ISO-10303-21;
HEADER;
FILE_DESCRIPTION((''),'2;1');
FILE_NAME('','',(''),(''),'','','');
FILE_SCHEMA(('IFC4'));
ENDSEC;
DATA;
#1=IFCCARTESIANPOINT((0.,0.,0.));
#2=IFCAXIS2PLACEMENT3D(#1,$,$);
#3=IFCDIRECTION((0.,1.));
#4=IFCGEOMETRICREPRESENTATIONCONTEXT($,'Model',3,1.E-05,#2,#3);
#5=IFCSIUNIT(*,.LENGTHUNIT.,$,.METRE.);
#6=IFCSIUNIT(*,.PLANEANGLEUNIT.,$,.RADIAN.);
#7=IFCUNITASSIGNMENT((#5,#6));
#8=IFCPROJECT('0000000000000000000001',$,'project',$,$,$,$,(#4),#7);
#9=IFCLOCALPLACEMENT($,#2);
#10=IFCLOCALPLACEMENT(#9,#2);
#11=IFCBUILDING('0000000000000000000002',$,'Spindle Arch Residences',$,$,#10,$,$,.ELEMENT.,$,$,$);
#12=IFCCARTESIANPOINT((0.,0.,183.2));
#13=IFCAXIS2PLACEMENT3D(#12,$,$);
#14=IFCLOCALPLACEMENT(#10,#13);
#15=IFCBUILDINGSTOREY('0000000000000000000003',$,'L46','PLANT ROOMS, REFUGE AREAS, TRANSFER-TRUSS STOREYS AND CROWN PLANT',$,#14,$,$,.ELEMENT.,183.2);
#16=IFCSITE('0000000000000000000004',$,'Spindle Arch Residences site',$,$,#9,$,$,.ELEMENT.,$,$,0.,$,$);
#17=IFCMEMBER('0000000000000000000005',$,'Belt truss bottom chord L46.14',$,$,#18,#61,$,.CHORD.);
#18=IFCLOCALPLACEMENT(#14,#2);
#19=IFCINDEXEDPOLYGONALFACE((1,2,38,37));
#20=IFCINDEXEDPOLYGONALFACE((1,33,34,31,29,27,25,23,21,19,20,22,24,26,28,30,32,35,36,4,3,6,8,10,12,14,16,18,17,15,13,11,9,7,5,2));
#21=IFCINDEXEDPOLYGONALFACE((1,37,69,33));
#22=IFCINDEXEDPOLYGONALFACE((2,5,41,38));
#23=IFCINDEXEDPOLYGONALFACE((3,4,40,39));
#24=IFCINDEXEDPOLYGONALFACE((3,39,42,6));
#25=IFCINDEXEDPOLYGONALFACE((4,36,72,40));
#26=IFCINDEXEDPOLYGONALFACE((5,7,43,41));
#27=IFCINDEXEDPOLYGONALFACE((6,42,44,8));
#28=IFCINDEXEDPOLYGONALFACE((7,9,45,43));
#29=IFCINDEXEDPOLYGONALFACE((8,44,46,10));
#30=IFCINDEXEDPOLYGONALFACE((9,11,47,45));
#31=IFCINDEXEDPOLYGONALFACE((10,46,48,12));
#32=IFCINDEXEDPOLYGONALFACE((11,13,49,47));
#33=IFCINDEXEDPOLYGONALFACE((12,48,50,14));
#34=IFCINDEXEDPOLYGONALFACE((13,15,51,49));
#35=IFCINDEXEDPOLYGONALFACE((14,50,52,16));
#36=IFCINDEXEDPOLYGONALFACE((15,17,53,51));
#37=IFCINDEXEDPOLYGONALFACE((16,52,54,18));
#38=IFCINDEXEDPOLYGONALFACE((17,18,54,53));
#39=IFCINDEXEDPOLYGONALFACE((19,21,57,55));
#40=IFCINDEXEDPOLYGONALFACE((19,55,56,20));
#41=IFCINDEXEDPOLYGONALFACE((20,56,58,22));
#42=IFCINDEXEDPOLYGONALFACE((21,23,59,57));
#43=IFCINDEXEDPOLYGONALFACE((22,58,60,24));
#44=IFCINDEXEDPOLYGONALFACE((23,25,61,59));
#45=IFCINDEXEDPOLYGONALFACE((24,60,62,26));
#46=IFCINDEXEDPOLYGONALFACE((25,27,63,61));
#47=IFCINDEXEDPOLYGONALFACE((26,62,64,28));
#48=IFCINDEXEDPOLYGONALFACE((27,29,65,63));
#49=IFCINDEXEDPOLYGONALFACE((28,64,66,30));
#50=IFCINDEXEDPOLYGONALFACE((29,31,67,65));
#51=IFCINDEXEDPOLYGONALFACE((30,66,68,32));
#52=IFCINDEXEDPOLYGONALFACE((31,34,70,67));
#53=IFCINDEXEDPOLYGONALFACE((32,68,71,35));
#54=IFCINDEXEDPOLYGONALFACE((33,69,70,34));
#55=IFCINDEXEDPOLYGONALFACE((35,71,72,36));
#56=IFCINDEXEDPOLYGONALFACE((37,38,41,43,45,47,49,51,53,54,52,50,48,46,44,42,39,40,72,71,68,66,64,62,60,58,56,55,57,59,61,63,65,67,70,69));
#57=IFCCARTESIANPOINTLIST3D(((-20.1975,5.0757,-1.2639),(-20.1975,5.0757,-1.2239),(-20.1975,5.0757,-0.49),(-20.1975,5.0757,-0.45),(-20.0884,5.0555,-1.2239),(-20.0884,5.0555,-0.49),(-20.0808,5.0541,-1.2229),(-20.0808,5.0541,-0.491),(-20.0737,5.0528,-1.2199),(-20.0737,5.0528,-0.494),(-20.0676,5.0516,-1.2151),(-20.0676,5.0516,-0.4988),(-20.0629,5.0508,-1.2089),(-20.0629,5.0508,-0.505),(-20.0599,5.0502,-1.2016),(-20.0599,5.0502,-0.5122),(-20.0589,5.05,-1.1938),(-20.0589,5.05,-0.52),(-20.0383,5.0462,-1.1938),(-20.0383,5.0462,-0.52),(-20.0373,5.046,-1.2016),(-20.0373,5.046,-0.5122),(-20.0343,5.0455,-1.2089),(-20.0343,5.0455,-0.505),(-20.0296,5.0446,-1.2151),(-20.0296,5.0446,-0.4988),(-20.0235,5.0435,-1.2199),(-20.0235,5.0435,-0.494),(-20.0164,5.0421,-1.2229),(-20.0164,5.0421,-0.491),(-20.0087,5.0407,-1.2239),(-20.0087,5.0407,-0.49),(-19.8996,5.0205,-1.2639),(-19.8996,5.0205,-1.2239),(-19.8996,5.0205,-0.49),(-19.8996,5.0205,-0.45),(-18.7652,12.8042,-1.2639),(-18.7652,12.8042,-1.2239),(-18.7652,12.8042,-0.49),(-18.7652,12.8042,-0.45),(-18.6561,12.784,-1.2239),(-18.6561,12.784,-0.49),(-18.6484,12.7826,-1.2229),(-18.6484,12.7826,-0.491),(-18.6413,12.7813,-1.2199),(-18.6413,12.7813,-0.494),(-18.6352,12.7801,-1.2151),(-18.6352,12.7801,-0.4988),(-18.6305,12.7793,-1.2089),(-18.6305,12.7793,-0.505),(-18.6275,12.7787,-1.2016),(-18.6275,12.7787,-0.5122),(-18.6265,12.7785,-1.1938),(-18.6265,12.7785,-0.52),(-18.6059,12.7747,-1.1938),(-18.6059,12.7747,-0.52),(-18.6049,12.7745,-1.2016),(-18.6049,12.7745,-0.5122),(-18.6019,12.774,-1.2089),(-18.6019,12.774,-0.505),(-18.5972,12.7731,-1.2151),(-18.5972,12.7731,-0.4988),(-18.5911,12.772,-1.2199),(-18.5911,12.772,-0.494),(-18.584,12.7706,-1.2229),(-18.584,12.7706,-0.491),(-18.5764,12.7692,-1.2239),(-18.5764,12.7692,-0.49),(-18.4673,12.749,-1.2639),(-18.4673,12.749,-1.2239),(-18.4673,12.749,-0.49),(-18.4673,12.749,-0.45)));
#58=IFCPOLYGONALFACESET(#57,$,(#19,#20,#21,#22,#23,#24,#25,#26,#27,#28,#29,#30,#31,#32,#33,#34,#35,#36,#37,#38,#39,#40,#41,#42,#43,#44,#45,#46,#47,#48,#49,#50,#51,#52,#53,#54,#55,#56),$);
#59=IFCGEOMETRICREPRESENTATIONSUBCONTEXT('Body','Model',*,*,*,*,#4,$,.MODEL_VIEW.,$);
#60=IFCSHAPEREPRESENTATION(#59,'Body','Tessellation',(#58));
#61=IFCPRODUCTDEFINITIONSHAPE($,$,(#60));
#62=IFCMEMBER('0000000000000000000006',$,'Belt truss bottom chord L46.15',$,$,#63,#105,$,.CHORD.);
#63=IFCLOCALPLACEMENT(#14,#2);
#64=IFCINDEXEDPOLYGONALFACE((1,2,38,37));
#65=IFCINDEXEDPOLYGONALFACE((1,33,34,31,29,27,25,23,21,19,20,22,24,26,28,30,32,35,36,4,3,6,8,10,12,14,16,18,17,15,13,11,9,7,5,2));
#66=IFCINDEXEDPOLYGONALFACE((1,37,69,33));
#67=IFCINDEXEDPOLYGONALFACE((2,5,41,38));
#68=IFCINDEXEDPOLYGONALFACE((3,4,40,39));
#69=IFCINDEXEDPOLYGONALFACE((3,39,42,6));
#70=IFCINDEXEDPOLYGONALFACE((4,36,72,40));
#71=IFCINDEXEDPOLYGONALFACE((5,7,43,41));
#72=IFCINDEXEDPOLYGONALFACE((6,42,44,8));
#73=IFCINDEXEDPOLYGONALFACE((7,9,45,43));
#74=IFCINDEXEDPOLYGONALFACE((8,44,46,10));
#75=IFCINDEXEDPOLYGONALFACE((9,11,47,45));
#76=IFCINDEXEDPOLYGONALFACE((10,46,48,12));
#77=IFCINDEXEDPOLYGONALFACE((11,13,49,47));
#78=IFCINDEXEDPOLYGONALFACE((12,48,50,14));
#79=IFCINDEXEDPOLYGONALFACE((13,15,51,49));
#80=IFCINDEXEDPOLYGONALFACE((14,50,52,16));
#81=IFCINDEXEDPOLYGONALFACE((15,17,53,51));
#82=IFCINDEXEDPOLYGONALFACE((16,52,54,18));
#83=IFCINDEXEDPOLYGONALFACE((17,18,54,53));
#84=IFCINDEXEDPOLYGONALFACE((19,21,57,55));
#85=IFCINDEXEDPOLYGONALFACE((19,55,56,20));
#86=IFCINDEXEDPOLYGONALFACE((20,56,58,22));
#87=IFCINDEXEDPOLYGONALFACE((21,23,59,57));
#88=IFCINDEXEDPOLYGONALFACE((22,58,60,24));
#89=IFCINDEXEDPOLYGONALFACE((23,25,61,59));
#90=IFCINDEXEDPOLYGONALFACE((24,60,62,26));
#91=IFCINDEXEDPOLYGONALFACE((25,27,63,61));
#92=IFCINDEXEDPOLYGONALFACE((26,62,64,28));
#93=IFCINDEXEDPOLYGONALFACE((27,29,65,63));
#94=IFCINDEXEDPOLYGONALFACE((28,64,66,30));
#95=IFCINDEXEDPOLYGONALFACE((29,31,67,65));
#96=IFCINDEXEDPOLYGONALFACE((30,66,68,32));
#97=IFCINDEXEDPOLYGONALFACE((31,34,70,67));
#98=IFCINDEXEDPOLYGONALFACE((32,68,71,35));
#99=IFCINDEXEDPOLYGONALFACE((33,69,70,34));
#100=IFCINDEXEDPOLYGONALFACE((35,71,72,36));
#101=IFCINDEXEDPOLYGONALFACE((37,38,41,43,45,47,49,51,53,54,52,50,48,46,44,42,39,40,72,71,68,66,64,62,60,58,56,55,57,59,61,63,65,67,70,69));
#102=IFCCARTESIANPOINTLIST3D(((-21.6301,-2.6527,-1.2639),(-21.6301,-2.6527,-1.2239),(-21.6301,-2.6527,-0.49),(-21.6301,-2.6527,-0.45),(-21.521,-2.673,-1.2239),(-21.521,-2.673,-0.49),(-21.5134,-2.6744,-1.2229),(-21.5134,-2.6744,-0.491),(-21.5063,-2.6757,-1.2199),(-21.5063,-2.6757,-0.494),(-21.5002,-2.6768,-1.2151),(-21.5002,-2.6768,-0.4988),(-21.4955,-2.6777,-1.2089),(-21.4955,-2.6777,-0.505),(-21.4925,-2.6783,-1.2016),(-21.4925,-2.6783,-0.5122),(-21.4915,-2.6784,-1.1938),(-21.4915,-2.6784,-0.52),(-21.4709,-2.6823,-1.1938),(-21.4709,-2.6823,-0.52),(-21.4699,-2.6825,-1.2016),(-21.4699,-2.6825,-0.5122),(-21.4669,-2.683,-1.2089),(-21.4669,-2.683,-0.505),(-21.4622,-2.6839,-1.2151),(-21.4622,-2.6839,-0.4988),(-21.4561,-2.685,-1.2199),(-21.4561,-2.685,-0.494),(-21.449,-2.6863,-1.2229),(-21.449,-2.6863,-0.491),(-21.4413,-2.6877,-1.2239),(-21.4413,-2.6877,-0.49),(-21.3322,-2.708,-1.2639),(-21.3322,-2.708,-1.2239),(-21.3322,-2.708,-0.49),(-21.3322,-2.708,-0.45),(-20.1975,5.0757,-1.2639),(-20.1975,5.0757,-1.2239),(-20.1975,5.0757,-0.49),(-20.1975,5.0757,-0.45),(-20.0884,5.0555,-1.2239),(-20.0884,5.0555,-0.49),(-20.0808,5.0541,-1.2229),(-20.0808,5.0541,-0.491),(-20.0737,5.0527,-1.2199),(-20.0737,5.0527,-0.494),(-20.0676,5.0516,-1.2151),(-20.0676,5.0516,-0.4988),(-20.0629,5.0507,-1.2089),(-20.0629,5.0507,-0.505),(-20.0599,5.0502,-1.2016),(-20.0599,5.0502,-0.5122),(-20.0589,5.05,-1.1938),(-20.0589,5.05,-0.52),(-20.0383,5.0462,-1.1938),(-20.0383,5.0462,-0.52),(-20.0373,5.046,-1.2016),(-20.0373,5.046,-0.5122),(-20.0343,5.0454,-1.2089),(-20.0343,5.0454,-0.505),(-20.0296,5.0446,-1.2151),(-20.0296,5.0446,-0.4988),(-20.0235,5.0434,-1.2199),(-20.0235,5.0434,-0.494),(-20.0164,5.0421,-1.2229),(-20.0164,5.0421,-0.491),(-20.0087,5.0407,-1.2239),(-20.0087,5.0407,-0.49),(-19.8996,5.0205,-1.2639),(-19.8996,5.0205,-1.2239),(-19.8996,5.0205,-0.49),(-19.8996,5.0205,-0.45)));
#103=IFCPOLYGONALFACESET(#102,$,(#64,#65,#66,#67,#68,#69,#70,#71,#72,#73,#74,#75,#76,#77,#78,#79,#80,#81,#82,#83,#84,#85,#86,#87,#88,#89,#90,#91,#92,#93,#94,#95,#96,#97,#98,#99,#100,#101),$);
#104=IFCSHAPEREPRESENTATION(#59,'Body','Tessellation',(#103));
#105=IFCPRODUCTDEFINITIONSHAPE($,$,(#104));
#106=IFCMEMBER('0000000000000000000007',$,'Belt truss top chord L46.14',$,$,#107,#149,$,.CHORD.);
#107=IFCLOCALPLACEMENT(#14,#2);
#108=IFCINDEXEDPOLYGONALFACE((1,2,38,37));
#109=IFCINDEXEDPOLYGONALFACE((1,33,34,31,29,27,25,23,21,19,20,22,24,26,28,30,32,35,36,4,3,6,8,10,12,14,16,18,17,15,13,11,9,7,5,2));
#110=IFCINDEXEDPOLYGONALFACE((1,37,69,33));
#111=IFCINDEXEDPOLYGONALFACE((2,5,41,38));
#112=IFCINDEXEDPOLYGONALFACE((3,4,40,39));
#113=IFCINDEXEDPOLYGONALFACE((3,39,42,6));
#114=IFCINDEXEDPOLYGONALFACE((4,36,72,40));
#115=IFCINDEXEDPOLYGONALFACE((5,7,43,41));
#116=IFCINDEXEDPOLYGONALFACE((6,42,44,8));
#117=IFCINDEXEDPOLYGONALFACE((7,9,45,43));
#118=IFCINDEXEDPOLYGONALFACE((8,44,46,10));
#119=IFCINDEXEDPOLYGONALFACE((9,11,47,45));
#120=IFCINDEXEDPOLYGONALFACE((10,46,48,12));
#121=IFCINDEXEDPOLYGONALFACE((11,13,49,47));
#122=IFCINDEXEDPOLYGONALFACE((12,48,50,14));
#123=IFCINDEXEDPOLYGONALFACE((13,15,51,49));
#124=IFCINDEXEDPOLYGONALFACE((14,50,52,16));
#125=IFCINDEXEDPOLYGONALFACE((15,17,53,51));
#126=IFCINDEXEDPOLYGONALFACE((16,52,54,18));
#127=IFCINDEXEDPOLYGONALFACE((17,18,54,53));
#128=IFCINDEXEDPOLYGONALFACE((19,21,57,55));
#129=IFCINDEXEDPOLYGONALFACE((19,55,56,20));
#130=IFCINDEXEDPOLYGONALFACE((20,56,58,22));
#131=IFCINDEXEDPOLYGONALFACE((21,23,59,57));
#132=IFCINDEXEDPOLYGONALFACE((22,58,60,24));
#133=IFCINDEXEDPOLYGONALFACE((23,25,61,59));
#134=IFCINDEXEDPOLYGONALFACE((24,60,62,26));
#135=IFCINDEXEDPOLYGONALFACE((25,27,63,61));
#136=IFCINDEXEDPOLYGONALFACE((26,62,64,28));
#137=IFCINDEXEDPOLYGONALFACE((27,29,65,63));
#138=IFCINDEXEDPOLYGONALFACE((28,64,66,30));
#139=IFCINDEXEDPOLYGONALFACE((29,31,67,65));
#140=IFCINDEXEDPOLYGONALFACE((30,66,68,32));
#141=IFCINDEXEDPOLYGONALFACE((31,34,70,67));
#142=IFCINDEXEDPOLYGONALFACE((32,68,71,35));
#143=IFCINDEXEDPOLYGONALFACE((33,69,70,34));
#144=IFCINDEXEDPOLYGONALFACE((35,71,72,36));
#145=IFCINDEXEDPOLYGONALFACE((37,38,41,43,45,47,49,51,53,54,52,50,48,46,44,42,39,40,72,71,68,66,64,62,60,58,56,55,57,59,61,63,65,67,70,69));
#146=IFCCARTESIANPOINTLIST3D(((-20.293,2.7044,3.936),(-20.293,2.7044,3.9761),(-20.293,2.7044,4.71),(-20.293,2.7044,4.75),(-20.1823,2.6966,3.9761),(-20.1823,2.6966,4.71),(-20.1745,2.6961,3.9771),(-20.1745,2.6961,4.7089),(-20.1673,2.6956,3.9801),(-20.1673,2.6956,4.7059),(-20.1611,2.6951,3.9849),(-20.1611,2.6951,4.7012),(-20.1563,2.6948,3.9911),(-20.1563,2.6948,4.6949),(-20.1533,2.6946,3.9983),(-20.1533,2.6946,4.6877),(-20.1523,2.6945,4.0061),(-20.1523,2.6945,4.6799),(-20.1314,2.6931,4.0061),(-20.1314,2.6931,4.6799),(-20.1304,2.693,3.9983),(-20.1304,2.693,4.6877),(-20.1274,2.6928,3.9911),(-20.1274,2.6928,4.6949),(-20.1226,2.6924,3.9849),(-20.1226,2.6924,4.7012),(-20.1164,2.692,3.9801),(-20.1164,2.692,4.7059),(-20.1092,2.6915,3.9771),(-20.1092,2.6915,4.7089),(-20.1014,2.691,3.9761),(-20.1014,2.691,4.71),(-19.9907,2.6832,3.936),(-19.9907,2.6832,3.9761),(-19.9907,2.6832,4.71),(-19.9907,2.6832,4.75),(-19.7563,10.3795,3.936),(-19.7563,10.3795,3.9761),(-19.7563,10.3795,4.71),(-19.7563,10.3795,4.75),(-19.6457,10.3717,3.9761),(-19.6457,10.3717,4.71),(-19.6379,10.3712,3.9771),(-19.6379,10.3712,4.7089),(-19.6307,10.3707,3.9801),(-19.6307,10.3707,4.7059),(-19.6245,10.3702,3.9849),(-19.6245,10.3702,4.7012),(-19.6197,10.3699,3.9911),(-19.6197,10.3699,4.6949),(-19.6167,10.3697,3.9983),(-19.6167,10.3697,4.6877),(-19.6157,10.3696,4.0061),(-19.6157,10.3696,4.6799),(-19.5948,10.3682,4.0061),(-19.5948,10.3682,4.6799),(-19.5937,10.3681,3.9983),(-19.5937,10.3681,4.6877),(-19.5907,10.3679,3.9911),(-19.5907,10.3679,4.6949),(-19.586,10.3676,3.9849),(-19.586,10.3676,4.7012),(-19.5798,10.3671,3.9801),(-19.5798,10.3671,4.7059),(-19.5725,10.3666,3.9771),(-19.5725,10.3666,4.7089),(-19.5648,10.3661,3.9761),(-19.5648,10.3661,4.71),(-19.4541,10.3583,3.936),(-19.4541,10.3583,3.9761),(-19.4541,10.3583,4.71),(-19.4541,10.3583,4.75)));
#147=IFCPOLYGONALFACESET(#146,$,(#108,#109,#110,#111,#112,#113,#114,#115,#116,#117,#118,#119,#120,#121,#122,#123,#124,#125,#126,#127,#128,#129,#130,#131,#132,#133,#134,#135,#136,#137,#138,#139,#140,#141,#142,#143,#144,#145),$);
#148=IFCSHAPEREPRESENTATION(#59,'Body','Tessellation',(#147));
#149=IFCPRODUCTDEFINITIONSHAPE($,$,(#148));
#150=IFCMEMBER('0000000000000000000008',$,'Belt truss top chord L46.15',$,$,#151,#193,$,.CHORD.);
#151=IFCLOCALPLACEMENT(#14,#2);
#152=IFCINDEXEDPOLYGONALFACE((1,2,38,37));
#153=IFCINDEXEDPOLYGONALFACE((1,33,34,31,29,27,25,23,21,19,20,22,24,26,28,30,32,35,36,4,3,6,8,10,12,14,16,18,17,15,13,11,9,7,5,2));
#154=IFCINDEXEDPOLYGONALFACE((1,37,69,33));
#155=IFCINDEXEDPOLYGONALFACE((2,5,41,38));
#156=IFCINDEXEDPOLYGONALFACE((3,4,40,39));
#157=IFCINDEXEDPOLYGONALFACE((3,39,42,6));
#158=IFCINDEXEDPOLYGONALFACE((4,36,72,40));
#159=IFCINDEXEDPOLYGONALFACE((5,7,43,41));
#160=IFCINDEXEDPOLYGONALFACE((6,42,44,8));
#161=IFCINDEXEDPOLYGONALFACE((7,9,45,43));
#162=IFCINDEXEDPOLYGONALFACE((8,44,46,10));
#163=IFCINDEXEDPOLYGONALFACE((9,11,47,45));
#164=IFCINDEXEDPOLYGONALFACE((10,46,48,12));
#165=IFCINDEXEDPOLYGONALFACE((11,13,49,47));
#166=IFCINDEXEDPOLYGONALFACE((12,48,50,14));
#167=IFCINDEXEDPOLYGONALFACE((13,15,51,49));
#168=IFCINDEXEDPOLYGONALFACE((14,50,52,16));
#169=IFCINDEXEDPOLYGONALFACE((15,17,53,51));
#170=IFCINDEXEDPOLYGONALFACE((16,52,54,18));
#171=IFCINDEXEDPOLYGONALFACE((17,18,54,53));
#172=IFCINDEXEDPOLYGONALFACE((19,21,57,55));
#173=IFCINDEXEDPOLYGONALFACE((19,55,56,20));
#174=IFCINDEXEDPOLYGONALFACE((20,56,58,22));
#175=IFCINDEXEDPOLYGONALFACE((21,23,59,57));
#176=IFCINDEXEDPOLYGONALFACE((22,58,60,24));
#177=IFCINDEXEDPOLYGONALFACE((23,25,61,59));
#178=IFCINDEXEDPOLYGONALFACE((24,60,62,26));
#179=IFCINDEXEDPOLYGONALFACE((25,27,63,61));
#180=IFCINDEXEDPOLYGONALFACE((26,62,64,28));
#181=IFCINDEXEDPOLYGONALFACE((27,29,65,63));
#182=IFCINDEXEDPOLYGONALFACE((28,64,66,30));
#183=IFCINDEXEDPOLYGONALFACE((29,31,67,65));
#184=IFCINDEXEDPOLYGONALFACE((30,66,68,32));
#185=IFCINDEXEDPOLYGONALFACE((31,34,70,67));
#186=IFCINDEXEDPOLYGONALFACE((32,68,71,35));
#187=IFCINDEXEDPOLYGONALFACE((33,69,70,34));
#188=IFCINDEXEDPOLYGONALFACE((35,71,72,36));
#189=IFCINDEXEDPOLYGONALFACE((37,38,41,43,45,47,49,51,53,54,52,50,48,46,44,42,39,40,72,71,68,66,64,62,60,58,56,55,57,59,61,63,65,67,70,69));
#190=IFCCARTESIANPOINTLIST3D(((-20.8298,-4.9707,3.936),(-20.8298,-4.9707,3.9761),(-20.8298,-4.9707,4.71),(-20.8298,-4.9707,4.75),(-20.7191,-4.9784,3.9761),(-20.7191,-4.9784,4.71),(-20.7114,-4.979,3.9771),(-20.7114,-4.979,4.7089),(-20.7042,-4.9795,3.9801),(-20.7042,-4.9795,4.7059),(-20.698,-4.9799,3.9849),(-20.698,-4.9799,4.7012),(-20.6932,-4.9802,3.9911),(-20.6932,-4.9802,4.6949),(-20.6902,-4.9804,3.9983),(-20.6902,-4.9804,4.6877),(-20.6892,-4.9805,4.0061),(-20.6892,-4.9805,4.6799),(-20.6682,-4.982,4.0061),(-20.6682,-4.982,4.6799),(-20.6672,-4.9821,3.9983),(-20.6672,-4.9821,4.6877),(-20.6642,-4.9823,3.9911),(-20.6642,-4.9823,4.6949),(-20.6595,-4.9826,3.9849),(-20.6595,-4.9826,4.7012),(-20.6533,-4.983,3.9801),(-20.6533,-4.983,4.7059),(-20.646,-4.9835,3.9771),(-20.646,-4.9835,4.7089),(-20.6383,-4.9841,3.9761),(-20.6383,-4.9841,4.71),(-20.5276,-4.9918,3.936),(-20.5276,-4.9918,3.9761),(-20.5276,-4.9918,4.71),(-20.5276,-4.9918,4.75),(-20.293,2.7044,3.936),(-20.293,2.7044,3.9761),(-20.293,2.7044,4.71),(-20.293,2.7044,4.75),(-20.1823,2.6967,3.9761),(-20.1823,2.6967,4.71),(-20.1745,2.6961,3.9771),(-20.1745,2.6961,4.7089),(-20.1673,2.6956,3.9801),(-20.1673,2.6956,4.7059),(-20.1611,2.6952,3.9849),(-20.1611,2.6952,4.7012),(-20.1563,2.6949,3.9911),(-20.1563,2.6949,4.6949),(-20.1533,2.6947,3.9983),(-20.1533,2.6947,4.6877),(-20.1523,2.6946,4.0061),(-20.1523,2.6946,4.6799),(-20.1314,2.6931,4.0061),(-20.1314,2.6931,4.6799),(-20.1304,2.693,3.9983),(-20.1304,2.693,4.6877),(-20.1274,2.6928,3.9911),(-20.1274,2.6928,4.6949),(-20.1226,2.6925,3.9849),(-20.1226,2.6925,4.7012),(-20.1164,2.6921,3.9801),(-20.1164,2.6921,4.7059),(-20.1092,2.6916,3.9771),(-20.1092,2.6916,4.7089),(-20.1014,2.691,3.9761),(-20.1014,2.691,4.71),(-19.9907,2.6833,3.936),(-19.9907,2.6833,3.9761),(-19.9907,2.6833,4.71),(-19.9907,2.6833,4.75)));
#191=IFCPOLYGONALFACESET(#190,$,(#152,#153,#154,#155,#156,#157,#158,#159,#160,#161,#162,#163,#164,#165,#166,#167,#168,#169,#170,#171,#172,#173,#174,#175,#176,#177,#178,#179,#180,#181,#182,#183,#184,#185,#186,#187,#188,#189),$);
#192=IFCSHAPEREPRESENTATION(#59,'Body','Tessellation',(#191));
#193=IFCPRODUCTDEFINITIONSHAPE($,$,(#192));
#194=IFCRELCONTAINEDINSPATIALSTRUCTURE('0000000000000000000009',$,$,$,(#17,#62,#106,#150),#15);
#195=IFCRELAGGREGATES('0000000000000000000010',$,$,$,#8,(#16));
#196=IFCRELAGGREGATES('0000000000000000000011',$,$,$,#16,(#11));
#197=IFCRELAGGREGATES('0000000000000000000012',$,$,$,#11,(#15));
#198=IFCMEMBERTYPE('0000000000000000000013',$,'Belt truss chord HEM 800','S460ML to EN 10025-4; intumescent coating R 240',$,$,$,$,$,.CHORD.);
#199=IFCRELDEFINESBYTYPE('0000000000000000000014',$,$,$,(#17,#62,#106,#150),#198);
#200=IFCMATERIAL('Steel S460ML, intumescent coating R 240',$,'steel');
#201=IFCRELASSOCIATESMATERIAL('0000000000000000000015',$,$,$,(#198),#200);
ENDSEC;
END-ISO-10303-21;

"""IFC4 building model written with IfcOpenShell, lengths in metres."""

from ifc_helpers import new_model, si_unit, direction, frame, origin, origin_2d, place, context, subcontext, project, spatial, i_section, extrude, material, material_profile, profile_set, type_object, element, save


model = new_model("IFC4")

# Units and contexts
model_context = context("Model", 3, precision=1e-05, world=origin(), true_north=direction((0.0, 1.0)))
body_context = subcontext(model_context, "Body", "Model", "MODEL_VIEW")
ifc_project = project(units=[si_unit("LENGTHUNIT", "METRE"), si_unit("PLANEANGLEUNIT", "RADIAN")], contexts=[model_context])

# Site, building, storey
site_placement = place(None, origin())
site = spatial("IfcSite", under=ifc_project, at=site_placement, Name="Spindle Arch Residences site", CompositionType="ELEMENT", RefElevation=0.0)
building_placement = place(site_placement, origin())
building = spatial("IfcBuilding", under=site, at=building_placement, Name="Spindle Arch Residences", CompositionType="ELEMENT")
storey_placement = place(building_placement, frame((0.0, 0.0, 183.2)))
storey = spatial("IfcBuildingStorey", under=building, at=storey_placement, Name="L46", Description="PLANT ROOMS, REFUGE AREAS, TRANSFER-TRUSS STOREYS AND CROWN PLANT", CompositionType="ELEMENT", Elevation=183.2)

# Members
ifc_material_1 = material(Name="Steel S460ML, intumescent coating R 240", Category="steel")
ifc_material_profile_1 = material_profile(ifc_material_1, i_section(OverallWidth=0.303, OverallDepth=0.814, WebThickness=0.021, FlangeThickness=0.04, FilletRadius=0.03, at=origin_2d()), Name="HEM 800")
ifc_profile_set_1 = profile_set([ifc_material_profile_1], Name="Steel S460ML, intumescent coating R 240")
member_type_1 = type_object("IfcMemberType", Name="Belt truss chord HEM 800", Description="S460ML to EN 10025-4; intumescent coating R 240", PredefinedType="CHORD", material=ifc_profile_set_1)
for number, where, z_axis, x_axis, name in (
    (1, (-18.6162, 12.7766, -0.8569), (-0.182233, -0.983255, 0.0), (0.983255, -0.182233, 0.0), "Belt truss bottom chord L46.14"),
    (2, (-20.0486, 5.0481, -0.8569), (-0.182263, -0.98325, 0.0), (0.98325, -0.182263, 0.0), "Belt truss bottom chord L46.15"),
):
    element("IfcMember", number, at=place(storey_placement, frame(where, z_axis=z_axis, x_axis=x_axis)), inside=storey, type_object=member_type_1, Name=name, PredefinedType="CHORD", context=body_context, shape_type="SweptSolid", body=[
        extrude(i_section(OverallWidth=0.303, OverallDepth=0.814, WebThickness=0.021, FlangeThickness=0.04, FilletRadius=0.03, at=origin_2d()), origin(), (0.0, 0.0, 1.0), 7.8601),
    ])
for number, where, z_axis, x_axis, name in (
    (3, (-19.6052, 10.3689, 4.343), (-0.069747, -0.997565, 0.0), (0.997565, -0.069747, 0.0), "Belt truss top chord L46.14"),
    (4, (-20.1418, 2.6938, 4.343), (-0.069779, -0.997562, 0.0), (0.997562, -0.069779, 0.0), "Belt truss top chord L46.15"),
):
    element("IfcMember", number, at=place(storey_placement, frame(where, z_axis=z_axis, x_axis=x_axis)), inside=storey, type_object=member_type_1, Name=name, PredefinedType="CHORD", context=body_context, shape_type="SweptSolid", body=[
        extrude(i_section(OverallWidth=0.303, OverallDepth=0.814, WebThickness=0.021, FlangeThickness=0.04, FilletRadius=0.03, at=origin_2d()), origin(), (0.0, 0.0, 1.0), 7.6938),
    ])

save(model, "model.ifc")
